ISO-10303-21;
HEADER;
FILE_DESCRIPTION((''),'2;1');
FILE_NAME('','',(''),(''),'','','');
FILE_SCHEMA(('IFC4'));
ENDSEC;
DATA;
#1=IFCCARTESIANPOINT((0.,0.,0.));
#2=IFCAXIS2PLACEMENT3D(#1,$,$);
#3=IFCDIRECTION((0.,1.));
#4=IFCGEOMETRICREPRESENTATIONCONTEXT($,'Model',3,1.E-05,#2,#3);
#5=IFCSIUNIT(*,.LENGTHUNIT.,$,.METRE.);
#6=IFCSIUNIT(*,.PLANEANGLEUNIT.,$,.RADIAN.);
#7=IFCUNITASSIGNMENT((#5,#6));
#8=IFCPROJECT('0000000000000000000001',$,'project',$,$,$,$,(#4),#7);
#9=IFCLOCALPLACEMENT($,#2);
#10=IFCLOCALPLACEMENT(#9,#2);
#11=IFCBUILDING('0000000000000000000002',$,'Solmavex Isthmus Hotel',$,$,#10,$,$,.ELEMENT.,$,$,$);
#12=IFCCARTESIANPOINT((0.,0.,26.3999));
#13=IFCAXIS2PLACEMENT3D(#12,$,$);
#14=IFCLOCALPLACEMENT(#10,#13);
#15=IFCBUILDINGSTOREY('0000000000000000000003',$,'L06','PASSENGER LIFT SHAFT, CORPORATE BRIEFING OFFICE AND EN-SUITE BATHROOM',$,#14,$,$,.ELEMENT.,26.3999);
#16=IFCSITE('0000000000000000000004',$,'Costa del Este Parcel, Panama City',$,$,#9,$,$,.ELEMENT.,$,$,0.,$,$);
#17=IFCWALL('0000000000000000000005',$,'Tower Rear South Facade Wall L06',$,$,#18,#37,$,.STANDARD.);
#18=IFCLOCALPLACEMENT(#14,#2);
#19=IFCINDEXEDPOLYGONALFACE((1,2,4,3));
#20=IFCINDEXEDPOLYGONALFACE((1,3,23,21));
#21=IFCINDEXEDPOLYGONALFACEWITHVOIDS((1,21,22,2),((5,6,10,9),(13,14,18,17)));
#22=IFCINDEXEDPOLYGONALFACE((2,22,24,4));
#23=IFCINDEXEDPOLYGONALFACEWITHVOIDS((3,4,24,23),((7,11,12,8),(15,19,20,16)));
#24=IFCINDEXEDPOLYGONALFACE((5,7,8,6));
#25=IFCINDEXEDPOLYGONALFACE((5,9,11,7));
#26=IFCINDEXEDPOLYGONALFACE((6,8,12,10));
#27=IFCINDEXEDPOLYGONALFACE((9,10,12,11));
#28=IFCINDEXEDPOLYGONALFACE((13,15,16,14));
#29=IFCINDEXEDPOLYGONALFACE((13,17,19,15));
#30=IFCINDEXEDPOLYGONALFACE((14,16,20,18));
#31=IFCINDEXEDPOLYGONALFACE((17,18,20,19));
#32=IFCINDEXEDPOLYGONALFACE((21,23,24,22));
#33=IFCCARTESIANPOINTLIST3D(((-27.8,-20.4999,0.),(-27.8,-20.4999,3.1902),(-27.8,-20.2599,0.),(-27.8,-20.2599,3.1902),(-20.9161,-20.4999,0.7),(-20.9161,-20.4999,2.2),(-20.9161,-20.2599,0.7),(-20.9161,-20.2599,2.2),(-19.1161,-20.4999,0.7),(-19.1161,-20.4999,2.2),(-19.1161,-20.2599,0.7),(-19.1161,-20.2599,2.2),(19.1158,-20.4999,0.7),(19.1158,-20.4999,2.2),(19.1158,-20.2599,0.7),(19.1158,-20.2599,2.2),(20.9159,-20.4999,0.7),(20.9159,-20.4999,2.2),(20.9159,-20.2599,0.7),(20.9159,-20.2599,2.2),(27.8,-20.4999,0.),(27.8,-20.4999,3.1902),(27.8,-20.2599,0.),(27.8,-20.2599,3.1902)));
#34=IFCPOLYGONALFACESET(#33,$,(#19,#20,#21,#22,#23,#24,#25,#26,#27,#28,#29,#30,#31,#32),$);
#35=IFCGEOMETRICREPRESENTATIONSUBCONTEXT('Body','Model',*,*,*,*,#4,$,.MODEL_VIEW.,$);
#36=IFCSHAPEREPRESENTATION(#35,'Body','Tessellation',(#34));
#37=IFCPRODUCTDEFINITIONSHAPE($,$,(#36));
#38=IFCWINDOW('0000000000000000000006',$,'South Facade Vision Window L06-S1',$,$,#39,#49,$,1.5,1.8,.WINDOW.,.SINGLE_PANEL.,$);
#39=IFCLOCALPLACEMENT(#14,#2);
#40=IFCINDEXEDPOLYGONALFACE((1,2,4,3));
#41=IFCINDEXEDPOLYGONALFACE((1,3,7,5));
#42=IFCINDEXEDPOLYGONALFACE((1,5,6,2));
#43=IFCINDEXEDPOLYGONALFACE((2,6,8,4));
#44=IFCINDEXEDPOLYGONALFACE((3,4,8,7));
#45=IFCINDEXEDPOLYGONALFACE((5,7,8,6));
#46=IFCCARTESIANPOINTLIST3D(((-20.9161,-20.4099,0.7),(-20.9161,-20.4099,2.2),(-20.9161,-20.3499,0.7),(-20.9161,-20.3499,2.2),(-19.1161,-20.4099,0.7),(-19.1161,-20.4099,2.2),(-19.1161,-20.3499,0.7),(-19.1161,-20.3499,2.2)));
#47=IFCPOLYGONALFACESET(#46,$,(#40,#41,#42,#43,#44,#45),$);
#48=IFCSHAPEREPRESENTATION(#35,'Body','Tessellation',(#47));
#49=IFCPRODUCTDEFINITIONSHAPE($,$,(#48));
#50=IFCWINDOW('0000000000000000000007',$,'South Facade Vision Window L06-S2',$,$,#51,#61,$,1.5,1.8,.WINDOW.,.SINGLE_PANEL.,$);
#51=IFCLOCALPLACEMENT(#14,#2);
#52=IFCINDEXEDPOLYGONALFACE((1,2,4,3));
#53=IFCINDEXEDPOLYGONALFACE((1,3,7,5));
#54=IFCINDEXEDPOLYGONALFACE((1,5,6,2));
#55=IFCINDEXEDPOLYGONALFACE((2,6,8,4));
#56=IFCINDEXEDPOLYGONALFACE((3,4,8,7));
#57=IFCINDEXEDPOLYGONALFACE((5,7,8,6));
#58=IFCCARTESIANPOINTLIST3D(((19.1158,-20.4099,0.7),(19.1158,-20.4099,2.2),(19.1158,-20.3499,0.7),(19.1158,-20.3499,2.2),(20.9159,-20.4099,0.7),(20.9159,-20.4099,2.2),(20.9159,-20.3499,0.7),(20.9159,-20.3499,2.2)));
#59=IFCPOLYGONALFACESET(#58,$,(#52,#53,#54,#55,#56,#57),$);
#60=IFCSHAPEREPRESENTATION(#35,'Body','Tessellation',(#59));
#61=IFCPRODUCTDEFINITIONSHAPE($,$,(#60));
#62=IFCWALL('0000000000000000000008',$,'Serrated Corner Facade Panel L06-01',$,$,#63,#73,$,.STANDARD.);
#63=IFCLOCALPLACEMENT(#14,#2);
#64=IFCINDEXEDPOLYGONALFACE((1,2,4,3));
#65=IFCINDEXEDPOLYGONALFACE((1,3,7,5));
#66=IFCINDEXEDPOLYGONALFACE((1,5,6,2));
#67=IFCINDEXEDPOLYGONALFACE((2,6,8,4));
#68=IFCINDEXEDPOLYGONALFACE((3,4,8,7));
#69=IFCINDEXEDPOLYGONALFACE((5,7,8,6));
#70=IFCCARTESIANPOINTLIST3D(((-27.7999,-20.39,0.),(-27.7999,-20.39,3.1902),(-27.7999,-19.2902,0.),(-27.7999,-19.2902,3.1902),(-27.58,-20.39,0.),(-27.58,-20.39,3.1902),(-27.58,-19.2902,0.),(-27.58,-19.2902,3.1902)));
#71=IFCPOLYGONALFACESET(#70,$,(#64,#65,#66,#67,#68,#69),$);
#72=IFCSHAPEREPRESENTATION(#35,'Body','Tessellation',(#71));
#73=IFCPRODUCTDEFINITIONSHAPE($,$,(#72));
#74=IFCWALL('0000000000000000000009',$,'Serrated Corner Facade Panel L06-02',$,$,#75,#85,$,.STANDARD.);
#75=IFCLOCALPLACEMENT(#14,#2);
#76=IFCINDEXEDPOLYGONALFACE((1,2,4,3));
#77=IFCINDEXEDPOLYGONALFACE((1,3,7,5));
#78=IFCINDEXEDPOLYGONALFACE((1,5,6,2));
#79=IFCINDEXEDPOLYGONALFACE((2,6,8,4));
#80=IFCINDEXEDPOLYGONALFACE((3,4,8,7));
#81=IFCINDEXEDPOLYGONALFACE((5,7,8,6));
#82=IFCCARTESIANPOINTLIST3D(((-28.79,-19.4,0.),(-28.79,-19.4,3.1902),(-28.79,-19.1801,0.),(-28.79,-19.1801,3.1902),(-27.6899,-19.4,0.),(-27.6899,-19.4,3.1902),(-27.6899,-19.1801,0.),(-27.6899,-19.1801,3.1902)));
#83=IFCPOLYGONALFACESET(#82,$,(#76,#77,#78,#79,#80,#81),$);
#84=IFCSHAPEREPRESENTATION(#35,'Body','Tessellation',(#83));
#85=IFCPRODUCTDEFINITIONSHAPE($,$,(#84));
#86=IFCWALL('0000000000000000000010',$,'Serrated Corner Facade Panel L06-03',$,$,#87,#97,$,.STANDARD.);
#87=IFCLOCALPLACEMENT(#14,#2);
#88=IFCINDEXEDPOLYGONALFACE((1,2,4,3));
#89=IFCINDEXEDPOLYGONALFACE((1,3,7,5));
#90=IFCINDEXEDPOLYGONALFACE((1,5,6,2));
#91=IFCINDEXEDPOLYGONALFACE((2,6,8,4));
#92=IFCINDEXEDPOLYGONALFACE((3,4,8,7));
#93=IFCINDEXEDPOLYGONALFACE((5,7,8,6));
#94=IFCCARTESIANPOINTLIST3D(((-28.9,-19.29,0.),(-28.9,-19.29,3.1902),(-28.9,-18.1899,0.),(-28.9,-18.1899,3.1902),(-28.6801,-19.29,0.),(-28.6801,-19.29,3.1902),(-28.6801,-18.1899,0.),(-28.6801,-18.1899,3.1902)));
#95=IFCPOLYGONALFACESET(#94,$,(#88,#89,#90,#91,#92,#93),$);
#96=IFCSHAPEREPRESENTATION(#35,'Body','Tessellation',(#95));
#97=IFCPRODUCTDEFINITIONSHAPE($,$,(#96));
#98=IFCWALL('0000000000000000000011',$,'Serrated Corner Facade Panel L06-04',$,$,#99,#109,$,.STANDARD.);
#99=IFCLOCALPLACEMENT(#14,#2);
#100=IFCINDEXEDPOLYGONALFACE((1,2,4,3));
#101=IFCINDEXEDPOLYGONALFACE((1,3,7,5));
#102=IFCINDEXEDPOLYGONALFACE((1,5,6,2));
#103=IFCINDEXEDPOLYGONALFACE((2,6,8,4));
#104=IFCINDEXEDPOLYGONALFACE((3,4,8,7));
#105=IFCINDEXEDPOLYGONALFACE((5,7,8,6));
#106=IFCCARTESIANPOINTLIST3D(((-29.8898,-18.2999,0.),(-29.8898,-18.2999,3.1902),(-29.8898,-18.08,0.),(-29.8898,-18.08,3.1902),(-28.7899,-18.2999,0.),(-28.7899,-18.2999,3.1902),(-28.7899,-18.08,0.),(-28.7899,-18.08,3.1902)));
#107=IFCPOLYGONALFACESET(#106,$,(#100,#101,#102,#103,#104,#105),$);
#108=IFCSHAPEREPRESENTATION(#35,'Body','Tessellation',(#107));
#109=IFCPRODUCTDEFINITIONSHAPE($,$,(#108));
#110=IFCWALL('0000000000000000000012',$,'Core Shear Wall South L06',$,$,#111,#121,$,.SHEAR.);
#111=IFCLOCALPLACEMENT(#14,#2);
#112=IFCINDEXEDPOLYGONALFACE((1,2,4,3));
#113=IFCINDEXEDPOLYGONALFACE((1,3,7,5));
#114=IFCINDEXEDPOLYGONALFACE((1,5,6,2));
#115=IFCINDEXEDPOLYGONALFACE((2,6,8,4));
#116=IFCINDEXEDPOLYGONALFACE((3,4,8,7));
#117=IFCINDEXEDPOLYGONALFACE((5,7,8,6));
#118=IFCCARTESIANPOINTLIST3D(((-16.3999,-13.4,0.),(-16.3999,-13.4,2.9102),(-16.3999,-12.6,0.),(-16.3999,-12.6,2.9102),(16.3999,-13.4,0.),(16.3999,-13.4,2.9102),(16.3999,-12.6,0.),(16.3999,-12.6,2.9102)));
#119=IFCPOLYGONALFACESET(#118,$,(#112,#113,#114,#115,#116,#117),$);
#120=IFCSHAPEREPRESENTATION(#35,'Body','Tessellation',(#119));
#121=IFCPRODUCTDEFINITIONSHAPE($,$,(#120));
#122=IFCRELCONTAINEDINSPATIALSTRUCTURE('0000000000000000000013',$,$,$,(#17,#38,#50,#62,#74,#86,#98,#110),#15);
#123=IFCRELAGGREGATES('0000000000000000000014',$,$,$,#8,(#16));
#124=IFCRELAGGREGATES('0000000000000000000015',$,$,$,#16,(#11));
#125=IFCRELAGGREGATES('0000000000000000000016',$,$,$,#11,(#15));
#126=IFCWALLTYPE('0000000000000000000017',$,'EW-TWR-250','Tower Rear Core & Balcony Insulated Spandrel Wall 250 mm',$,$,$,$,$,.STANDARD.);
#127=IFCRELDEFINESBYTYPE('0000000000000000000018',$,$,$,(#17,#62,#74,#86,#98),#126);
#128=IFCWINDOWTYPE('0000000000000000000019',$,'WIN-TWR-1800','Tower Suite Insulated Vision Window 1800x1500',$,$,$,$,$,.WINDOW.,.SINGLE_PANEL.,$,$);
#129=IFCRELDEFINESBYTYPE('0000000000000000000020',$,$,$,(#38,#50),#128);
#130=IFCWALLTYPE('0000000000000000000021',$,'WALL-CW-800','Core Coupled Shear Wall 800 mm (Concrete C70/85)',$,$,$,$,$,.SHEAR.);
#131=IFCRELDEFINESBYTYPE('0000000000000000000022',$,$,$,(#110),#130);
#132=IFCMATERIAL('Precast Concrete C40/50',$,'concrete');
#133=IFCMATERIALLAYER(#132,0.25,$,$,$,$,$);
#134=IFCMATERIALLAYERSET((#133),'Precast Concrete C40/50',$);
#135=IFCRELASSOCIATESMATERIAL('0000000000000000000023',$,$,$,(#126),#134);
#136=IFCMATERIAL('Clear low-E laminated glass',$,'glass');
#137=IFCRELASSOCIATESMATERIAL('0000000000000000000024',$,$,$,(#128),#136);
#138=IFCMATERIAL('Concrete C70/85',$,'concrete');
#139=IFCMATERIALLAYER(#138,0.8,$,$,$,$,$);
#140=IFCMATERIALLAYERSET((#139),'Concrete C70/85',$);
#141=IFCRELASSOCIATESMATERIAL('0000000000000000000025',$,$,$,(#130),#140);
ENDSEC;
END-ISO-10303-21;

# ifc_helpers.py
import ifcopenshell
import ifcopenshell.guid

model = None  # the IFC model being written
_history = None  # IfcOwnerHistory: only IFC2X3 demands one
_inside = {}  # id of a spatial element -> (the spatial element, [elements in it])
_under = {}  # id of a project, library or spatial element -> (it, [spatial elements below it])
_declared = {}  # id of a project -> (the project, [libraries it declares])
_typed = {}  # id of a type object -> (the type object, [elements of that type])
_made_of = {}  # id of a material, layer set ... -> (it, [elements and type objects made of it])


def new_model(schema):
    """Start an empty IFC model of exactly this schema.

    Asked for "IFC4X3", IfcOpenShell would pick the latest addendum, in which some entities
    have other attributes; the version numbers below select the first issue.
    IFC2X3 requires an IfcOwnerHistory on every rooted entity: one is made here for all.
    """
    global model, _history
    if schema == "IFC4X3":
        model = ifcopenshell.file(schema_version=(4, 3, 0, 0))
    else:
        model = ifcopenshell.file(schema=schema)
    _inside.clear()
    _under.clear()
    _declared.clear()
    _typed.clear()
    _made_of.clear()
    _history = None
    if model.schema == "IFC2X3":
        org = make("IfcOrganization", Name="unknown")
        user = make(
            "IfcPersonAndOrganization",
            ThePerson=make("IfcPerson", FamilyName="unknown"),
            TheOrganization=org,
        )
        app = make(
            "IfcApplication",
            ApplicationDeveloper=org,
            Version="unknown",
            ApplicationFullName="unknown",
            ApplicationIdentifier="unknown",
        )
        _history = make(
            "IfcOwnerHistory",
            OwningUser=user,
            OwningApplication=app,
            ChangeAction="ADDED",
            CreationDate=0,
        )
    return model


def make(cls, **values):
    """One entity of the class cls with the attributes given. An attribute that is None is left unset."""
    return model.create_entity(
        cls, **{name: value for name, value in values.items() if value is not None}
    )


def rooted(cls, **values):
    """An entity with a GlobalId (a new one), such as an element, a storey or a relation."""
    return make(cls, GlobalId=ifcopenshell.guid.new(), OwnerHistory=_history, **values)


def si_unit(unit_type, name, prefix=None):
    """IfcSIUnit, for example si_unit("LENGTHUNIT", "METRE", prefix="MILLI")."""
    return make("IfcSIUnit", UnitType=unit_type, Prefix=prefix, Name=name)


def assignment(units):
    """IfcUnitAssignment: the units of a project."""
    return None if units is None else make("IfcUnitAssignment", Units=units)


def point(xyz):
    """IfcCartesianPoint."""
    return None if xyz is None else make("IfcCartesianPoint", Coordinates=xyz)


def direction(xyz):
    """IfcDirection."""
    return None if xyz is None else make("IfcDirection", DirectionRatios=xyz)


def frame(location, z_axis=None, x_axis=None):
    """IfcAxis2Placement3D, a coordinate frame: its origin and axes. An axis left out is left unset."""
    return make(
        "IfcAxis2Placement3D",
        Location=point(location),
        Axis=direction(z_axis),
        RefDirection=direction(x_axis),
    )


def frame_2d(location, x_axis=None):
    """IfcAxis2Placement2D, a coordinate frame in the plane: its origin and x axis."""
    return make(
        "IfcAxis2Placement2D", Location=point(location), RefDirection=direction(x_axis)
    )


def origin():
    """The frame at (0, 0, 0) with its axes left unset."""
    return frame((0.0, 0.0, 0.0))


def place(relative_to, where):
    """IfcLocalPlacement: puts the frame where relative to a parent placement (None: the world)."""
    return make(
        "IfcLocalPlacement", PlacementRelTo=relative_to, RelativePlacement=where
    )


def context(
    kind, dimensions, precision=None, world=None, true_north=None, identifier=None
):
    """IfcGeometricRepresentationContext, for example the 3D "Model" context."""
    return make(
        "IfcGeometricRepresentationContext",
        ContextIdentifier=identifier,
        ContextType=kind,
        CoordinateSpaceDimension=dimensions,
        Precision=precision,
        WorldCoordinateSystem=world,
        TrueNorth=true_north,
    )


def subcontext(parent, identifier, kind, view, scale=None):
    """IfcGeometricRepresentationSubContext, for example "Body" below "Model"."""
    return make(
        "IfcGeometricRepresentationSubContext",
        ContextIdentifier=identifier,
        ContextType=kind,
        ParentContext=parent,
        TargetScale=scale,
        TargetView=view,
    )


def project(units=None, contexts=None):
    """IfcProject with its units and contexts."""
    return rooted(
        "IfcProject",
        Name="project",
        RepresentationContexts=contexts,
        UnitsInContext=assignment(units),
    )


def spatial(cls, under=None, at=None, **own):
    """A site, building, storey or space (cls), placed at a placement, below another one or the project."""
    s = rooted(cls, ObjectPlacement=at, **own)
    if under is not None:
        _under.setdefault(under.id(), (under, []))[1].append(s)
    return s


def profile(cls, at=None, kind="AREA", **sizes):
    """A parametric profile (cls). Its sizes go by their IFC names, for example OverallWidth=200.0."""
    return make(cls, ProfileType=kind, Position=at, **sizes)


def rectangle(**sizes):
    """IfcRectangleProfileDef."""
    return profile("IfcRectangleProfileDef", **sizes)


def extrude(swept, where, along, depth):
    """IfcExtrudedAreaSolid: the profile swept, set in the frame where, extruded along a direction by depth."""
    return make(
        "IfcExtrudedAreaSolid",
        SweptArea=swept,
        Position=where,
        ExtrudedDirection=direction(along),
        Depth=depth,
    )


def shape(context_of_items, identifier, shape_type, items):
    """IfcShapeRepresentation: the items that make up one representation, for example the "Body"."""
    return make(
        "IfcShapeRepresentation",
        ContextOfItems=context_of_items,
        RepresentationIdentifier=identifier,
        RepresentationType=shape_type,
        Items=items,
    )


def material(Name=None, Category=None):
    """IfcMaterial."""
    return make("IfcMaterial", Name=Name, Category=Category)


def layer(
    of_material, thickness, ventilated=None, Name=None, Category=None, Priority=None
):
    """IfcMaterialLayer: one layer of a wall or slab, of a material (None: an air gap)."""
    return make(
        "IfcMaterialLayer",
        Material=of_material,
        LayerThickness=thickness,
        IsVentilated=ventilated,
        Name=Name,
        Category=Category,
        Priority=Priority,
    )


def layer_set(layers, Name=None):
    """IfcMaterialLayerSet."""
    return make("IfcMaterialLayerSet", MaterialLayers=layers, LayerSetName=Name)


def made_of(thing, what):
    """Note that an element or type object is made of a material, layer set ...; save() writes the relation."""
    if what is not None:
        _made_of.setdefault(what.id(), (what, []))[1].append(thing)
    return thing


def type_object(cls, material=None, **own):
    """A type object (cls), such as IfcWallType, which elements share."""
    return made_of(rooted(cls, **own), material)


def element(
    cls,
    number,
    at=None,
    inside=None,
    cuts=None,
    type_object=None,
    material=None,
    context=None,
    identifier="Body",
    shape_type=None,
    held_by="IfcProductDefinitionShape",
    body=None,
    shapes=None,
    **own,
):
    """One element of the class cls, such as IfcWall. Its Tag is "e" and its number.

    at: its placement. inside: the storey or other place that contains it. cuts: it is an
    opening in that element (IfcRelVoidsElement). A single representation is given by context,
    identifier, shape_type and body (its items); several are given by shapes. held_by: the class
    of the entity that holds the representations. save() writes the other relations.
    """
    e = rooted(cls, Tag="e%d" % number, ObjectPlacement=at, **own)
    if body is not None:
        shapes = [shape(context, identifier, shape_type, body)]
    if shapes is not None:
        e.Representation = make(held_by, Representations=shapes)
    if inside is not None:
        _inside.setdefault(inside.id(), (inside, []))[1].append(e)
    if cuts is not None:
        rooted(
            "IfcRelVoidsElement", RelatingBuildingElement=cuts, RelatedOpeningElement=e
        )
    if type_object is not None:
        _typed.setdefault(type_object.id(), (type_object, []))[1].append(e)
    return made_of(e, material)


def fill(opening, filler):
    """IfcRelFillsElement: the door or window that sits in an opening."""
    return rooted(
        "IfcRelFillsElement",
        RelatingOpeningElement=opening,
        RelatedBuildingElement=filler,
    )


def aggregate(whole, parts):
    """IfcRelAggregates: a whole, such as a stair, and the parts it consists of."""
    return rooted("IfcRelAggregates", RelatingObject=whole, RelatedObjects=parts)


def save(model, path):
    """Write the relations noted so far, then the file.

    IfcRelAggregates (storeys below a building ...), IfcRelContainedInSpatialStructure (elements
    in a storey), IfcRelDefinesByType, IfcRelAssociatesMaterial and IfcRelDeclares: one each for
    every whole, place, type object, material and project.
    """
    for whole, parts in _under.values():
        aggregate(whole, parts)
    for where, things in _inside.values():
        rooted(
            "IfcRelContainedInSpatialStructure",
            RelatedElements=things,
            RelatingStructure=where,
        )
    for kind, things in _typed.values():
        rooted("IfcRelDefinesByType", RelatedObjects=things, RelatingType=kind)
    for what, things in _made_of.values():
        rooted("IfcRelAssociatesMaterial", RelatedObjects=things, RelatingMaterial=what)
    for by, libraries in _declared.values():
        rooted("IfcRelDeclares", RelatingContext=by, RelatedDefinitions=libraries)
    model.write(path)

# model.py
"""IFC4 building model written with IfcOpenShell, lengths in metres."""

from ifc_helpers import new_model, si_unit, direction, frame, frame_2d, origin, place, context, subcontext, project, spatial, rectangle, extrude, material, layer, layer_set, type_object, element, fill, save


model = new_model("IFC4")

# Units and contexts
model_context = context("Model", 3, precision=1e-05, world=origin(), true_north=direction((0.0, 1.0)))
body_context = subcontext(model_context, "Body", "Model", "MODEL_VIEW")
ifc_project = project(units=[si_unit("LENGTHUNIT", "METRE"), si_unit("PLANEANGLEUNIT", "RADIAN")], contexts=[model_context])

# Site, building, storey
site_placement = place(None, origin())
site = spatial("IfcSite", under=ifc_project, at=site_placement, Name="Costa del Este Parcel, Panama City", CompositionType="ELEMENT", RefElevation=0.0)
building_placement = place(site_placement, origin())
building = spatial("IfcBuilding", under=site, at=building_placement, Name="Solmavex Isthmus Hotel", CompositionType="ELEMENT")
storey_placement = place(building_placement, frame((0.0, 0.0, 26.3999)))
storey = spatial("IfcBuildingStorey", under=building, at=storey_placement, Name="L06", Description="PASSENGER LIFT SHAFT, CORPORATE BRIEFING OFFICE AND EN-SUITE BATHROOM", CompositionType="ELEMENT", Elevation=26.3999)

# Shared definitions
ifc_material_1 = material(Name="Concrete C70/85", Category="concrete")

# Shared definitions
ifc_material_2 = material(Name="Clear low-E laminated glass", Category="glass")

# Shared definitions
ifc_material_3 = material(Name="Precast Concrete C40/50", Category="concrete")

# Wall, openings, windows
ifc_layer_1 = layer(ifc_material_3, 0.25)
ifc_layer_set_1 = layer_set([ifc_layer_1], Name="Precast Concrete C40/50")
wall_type_1 = type_object("IfcWallType", Name="EW-TWR-250", Description="Tower Rear Core & Balcony Insulated Spandrel Wall 250 mm", PredefinedType="STANDARD", material=ifc_layer_set_1)
wall_1_placement = place(storey_placement, frame((-27.8, -20.3799, 0.0), z_axis=(0.0, 0.0, 1.0), x_axis=(1.0, 0.0, 0.0)))
wall_1 = element("IfcWall", 1, at=wall_1_placement, inside=storey, type_object=wall_type_1, Name="Tower Rear South Facade Wall L06", PredefinedType="STANDARD", context=body_context, shape_type="SweptSolid", body=[
    extrude(rectangle(XDim=55.6001, YDim=0.24, at=frame_2d((27.8, 0.0))), origin(), (0.0, 0.0, 1.0), 3.1902),
])
opening_1_placement = place(wall_1_placement, frame((6.884, 0.0, 0.7)))
opening_1 = element("IfcOpeningElement", 2, at=opening_1_placement, cuts=wall_1, PredefinedType="OPENING", context=body_context, shape_type="SweptSolid", body=[
    extrude(rectangle(XDim=1.8, YDim=1.5, at=frame_2d((0.8999, 0.75))), frame((0.0, 0.1299, 0.0), z_axis=(0.0, -1.0, 0.0), x_axis=(1.0, 0.0, 0.0)), (0.0, 0.0, 1.0), 0.26),
])
opening_2_placement = place(wall_1_placement, frame((46.916, 0.0, 0.7)))
opening_2 = element("IfcOpeningElement", 3, at=opening_2_placement, cuts=wall_1, PredefinedType="OPENING", context=body_context, shape_type="SweptSolid", body=[
    extrude(rectangle(XDim=1.8, YDim=1.5, at=frame_2d((0.8999, 0.75))), frame((0.0, 0.1299, 0.0), z_axis=(0.0, -1.0, 0.0), x_axis=(1.0, 0.0, 0.0)), (0.0, 0.0, 1.0), 0.26),
])
window_type = type_object("IfcWindowType", Name="WIN-TWR-1800", Description="Tower Suite Insulated Vision Window 1800x1500", PartitioningType="SINGLE_PANEL", PredefinedType="WINDOW", material=ifc_material_2)
window_1_placement = place(opening_1_placement, origin())
window_1 = element("IfcWindow", 4, at=window_1_placement, inside=storey, type_object=window_type, Name="South Facade Vision Window L06-S1", OverallHeight=1.5, OverallWidth=1.8, PartitioningType="SINGLE_PANEL", PredefinedType="WINDOW", context=body_context, shape_type="SweptSolid", body=[
    extrude(rectangle(XDim=1.8, YDim=1.5, at=frame_2d((0.8999, 0.75))), frame((0.0, 0.03, 0.0), z_axis=(0.0, -1.0, 0.0), x_axis=(1.0, 0.0, 0.0)), (0.0, 0.0, 1.0), 0.0601),
])
fill(opening_1, window_1)
window_2_placement = place(opening_2_placement, origin())
window_2 = element("IfcWindow", 5, at=window_2_placement, inside=storey, type_object=window_type, Name="South Facade Vision Window L06-S2", OverallHeight=1.5, OverallWidth=1.8, PartitioningType="SINGLE_PANEL", PredefinedType="WINDOW", context=body_context, shape_type="SweptSolid", body=[
    extrude(rectangle(XDim=1.8, YDim=1.5, at=frame_2d((0.8999, 0.75))), frame((0.0, 0.03, 0.0), z_axis=(0.0, -1.0, 0.0), x_axis=(1.0, 0.0, 0.0)), (0.0, 0.0, 1.0), 0.0601),
])
fill(opening_2, window_2)

# Walls
wall_2_placement = place(storey_placement, frame((-27.6899, -20.3899, 0.0), z_axis=(0.0, 0.0, 1.0), x_axis=(0.0, 1.0, 0.0)))
element("IfcWall", 6, at=wall_2_placement, inside=storey, type_object=wall_type_1, Name="Serrated Corner Facade Panel L06-01", PredefinedType="STANDARD", context=body_context, shape_type="SweptSolid", body=[
    extrude(rectangle(XDim=1.0999, YDim=0.22, at=frame_2d((0.5498, 0.0))), origin(), (0.0, 0.0, 1.0), 3.1902),
])
for number, where, z_axis, x_axis, name in (
    (7, (-27.6899, -19.29, 0.0), (0.0, 0.0, 1.0), (-1.0, 0.0, 0.0), "Serrated Corner Facade Panel L06-02"),
    (8, (-28.79, -19.29, 0.0), (0.0, 0.0, 1.0), (0.0, 1.0, 0.0), "Serrated Corner Facade Panel L06-03"),
):
    element("IfcWall", number, at=place(storey_placement, frame(where, z_axis=z_axis, x_axis=x_axis)), inside=storey, type_object=wall_type_1, Name=name, PredefinedType="STANDARD", context=body_context, shape_type="SweptSolid", body=[
        extrude(rectangle(XDim=1.1001, YDim=0.22, at=frame_2d((0.55, 0.0))), origin(), (0.0, 0.0, 1.0), 3.1902),
    ])
wall_3_placement = place(storey_placement, frame((-28.79, -18.1899, 0.0), z_axis=(0.0, 0.0, 1.0), x_axis=(-1.0, 0.0, 0.0)))
element("IfcWall", 9, at=wall_3_placement, inside=storey, type_object=wall_type_1, Name="Serrated Corner Facade Panel L06-04", PredefinedType="STANDARD", context=body_context, shape_type="SweptSolid", body=[
    extrude(rectangle(XDim=1.0999, YDim=0.22, at=frame_2d((0.5498, 0.0))), origin(), (0.0, 0.0, 1.0), 3.1902),
])
ifc_layer_2 = layer(ifc_material_1, 0.8)
ifc_layer_set_2 = layer_set([ifc_layer_2], Name="Concrete C70/85")
wall_type_2 = type_object("IfcWallType", Name="WALL-CW-800", Description="Core Coupled Shear Wall 800 mm (Concrete C70/85)", PredefinedType="SHEAR", material=ifc_layer_set_2)
wall_4_placement = place(storey_placement, frame((-16.3999, -13.0, 0.0), z_axis=(0.0, 0.0, 1.0), x_axis=(1.0, 0.0, 0.0)))
element("IfcWall", 10, at=wall_4_placement, inside=storey, type_object=wall_type_2, Name="Core Shear Wall South L06", PredefinedType="SHEAR", context=body_context, shape_type="SweptSolid", body=[
    extrude(rectangle(XDim=32.7998, YDim=0.8, at=frame_2d((16.3999, 0.0))), origin(), (0.0, 0.0, 1.0), 2.9102),
])

save(model, "model.ifc")
